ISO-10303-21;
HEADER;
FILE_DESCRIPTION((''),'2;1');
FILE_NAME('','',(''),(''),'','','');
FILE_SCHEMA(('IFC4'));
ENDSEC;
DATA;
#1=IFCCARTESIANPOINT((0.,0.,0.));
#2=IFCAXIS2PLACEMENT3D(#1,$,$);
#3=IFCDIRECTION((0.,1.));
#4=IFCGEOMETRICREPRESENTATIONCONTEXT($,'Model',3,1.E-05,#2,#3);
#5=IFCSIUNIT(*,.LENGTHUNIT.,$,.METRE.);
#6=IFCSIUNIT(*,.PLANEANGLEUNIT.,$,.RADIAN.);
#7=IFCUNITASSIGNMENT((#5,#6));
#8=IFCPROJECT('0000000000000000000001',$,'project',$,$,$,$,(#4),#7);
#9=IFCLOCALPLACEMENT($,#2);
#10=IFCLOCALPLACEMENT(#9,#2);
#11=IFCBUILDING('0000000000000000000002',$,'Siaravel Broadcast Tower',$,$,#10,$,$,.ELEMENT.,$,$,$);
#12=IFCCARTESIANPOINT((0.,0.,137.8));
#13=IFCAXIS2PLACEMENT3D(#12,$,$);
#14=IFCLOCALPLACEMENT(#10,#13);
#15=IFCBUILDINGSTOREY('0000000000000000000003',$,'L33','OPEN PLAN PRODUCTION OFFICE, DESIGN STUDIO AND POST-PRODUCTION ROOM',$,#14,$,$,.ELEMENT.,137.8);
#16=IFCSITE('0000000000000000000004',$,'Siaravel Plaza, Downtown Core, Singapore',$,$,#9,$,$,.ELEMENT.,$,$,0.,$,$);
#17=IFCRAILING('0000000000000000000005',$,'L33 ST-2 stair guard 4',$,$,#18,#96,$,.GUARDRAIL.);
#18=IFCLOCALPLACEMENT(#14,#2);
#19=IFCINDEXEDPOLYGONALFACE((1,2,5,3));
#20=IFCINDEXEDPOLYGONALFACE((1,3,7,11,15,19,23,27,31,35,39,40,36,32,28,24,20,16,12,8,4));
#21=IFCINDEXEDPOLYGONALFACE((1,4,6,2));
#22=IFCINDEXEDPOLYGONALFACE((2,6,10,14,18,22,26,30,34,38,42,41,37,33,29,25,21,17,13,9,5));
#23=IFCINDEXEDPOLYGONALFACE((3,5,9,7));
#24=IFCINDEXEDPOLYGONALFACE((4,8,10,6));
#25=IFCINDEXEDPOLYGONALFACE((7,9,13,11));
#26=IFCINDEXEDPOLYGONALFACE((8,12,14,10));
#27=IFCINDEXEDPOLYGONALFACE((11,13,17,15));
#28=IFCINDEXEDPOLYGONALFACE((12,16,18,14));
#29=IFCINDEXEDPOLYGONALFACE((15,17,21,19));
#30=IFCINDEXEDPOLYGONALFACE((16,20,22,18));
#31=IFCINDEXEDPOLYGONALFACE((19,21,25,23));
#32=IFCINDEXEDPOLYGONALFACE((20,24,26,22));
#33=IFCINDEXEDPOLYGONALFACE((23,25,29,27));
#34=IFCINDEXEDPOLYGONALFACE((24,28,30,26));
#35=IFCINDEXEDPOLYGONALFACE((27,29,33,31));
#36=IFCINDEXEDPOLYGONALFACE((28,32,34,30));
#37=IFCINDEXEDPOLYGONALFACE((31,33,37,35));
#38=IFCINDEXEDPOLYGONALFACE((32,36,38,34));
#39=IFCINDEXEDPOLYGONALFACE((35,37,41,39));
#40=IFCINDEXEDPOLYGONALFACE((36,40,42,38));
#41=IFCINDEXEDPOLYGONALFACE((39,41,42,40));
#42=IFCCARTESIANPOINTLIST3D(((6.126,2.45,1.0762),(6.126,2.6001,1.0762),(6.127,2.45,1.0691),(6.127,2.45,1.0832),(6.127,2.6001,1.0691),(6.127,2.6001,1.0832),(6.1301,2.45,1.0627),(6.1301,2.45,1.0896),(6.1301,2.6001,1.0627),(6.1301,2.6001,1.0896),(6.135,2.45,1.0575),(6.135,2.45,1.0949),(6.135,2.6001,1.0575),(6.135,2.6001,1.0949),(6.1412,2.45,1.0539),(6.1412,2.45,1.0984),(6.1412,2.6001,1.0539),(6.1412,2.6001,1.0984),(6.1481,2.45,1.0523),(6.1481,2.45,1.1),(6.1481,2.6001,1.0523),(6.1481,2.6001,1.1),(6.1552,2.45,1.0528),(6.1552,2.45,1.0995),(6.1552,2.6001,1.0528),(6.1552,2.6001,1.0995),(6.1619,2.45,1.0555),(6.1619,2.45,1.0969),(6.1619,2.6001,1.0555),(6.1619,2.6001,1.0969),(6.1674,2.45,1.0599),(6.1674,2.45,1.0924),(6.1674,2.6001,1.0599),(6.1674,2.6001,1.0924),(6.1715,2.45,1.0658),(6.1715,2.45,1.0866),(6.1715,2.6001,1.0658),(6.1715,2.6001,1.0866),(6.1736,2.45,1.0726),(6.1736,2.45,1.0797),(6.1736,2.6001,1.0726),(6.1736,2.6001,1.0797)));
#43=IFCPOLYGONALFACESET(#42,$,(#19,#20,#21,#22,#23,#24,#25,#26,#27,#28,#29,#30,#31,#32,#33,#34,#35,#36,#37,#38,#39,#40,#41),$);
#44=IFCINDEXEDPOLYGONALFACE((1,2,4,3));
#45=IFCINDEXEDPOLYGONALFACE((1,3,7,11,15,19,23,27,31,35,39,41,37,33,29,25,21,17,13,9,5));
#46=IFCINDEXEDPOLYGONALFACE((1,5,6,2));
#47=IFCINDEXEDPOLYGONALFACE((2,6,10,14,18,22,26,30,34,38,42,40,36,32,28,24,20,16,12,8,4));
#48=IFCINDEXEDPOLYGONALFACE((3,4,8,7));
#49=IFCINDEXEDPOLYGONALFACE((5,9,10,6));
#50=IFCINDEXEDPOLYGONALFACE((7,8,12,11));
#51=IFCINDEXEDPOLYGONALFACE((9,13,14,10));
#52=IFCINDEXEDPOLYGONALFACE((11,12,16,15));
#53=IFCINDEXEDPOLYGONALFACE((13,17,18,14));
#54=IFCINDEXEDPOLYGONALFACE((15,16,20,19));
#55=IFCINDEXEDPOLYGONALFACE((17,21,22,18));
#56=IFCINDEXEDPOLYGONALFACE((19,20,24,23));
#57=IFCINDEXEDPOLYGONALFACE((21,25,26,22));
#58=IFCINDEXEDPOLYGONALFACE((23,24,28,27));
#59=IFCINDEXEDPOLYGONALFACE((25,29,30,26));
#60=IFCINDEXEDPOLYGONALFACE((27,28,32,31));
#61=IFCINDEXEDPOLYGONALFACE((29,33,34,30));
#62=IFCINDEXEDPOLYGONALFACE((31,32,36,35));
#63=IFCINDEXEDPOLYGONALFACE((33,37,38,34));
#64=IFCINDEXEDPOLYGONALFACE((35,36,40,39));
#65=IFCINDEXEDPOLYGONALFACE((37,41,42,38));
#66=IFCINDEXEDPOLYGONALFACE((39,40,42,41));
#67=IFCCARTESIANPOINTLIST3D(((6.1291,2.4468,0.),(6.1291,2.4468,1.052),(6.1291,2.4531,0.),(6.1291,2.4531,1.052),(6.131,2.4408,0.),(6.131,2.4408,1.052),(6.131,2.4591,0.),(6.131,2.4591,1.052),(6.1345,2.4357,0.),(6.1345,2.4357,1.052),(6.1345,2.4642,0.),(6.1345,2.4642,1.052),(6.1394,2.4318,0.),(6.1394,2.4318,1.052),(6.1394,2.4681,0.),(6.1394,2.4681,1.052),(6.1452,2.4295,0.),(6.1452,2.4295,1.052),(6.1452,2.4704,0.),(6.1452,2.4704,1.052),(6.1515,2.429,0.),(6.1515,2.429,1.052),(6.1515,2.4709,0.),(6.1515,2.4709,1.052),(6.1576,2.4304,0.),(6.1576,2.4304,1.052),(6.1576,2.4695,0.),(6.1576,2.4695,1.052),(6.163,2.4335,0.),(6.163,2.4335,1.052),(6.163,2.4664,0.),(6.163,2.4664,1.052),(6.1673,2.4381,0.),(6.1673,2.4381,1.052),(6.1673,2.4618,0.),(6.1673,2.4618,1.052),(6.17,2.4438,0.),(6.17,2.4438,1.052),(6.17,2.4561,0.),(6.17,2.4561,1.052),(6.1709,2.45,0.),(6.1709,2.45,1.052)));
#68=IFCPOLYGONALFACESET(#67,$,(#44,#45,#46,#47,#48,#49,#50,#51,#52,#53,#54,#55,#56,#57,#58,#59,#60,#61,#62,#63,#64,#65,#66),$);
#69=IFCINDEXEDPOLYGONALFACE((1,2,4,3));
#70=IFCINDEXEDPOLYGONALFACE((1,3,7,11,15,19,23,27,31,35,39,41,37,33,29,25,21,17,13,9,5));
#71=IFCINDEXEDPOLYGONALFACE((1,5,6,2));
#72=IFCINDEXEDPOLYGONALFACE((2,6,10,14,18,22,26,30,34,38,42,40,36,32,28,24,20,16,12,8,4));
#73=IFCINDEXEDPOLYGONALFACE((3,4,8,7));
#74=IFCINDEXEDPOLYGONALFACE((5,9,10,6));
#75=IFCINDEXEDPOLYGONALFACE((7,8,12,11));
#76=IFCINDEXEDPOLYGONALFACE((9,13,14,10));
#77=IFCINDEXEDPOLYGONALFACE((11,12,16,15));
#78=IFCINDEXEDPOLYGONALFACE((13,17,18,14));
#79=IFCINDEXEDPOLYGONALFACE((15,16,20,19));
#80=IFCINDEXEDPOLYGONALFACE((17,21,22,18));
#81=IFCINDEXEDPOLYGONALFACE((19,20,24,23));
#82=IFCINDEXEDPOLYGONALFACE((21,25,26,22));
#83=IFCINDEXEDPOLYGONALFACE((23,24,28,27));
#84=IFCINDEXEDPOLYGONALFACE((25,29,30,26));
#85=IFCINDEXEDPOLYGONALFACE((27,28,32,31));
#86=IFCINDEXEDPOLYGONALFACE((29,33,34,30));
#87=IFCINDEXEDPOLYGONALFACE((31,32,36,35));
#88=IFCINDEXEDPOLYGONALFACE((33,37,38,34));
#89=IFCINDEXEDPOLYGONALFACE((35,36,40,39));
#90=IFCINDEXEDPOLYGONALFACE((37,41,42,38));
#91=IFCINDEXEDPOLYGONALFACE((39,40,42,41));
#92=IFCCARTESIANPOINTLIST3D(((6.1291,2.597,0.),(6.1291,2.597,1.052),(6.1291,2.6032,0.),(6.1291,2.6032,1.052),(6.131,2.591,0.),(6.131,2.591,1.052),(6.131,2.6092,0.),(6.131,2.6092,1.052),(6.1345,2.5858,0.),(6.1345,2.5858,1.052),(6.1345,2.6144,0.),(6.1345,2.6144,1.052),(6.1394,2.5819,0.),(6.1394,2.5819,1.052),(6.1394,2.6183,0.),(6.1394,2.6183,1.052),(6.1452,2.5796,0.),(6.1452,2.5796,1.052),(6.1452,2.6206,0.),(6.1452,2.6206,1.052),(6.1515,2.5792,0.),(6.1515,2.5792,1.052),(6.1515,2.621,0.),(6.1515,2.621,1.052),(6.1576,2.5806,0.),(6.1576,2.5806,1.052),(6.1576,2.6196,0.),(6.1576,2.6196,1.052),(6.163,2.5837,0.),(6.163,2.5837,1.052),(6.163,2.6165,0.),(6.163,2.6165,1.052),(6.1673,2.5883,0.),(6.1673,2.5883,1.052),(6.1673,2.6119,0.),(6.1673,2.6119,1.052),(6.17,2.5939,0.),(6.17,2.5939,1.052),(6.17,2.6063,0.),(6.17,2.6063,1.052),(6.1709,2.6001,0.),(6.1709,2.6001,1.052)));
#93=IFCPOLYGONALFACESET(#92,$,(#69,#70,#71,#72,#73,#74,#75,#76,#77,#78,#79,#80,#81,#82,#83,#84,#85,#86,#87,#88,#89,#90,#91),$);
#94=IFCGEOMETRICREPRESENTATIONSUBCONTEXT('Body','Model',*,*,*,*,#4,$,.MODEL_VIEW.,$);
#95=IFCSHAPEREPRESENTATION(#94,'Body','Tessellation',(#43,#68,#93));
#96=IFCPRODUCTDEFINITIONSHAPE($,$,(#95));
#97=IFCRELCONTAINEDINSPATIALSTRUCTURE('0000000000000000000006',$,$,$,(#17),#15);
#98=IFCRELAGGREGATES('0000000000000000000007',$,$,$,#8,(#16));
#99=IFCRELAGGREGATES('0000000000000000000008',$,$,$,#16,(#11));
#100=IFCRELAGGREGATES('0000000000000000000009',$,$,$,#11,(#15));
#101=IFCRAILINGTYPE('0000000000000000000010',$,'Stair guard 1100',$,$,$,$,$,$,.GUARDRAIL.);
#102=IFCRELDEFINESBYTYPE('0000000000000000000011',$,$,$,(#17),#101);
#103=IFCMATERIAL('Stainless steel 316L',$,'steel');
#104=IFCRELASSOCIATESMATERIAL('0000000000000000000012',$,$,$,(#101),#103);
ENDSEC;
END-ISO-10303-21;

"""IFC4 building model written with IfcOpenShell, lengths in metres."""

from ifc_helpers import new_model, si_unit, direction, frame, origin, origin_2d, place, context, subcontext, project, spatial, circle, extrude, material, type_object, element, save


model = new_model("IFC4")

# Units and contexts
model_context = context("Model", 3, precision=1e-05, world=origin(), true_north=direction((0.0, 1.0)))
body_context = subcontext(model_context, "Body", "Model", "MODEL_VIEW")
ifc_project = project(units=[si_unit("LENGTHUNIT", "METRE"), si_unit("PLANEANGLEUNIT", "RADIAN")], contexts=[model_context])

# Site, building, storey
site_placement = place(None, origin())
site = spatial("IfcSite", under=ifc_project, at=site_placement, Name="Siaravel Plaza, Downtown Core, Singapore", CompositionType="ELEMENT", RefElevation=0.0)
building_placement = place(site_placement, origin())
building = spatial("IfcBuilding", under=site, at=building_placement, Name="Siaravel Broadcast Tower", CompositionType="ELEMENT")
storey_placement = place(building_placement, frame((0.0, 0.0, 137.8)))
storey = spatial("IfcBuildingStorey", under=building, at=storey_placement, Name="L33", Description="OPEN PLAN PRODUCTION OFFICE, DESIGN STUDIO AND POST-PRODUCTION ROOM", CompositionType="ELEMENT", Elevation=137.8)

# Railing
ifc_material_1 = material(Name="Stainless steel 316L", Category="steel")
railing_type_1 = type_object("IfcRailingType", Name="Stair guard 1100", PredefinedType="GUARDRAIL", material=ifc_material_1)
railing_1_placement = place(storey_placement, frame((6.1499, 2.45, 0.0)))
element("IfcRailing", 1, at=railing_1_placement, inside=storey, type_object=railing_type_1, Name="L33 ST-2 stair guard 4", PredefinedType="GUARDRAIL", context=body_context, shape_type="SweptSolid", body=[
    extrude(circle(Radius=0.0239, at=origin_2d()), frame((0.0, 0.0, 1.0762), z_axis=(0.0, 1.0, 0.0), x_axis=(-1.0, 0.0, 0.0)), (0.0, 0.0, 1.0), 0.1501),
    extrude(circle(Radius=0.021, at=origin_2d()), origin(), (0.0, 0.0, 1.0), 1.052),
    extrude(circle(Radius=0.021, at=origin_2d()), frame((0.0, 0.1501, 0.0)), (0.0, 0.0, 1.0), 1.052),
])

save(model, "model.ifc")
